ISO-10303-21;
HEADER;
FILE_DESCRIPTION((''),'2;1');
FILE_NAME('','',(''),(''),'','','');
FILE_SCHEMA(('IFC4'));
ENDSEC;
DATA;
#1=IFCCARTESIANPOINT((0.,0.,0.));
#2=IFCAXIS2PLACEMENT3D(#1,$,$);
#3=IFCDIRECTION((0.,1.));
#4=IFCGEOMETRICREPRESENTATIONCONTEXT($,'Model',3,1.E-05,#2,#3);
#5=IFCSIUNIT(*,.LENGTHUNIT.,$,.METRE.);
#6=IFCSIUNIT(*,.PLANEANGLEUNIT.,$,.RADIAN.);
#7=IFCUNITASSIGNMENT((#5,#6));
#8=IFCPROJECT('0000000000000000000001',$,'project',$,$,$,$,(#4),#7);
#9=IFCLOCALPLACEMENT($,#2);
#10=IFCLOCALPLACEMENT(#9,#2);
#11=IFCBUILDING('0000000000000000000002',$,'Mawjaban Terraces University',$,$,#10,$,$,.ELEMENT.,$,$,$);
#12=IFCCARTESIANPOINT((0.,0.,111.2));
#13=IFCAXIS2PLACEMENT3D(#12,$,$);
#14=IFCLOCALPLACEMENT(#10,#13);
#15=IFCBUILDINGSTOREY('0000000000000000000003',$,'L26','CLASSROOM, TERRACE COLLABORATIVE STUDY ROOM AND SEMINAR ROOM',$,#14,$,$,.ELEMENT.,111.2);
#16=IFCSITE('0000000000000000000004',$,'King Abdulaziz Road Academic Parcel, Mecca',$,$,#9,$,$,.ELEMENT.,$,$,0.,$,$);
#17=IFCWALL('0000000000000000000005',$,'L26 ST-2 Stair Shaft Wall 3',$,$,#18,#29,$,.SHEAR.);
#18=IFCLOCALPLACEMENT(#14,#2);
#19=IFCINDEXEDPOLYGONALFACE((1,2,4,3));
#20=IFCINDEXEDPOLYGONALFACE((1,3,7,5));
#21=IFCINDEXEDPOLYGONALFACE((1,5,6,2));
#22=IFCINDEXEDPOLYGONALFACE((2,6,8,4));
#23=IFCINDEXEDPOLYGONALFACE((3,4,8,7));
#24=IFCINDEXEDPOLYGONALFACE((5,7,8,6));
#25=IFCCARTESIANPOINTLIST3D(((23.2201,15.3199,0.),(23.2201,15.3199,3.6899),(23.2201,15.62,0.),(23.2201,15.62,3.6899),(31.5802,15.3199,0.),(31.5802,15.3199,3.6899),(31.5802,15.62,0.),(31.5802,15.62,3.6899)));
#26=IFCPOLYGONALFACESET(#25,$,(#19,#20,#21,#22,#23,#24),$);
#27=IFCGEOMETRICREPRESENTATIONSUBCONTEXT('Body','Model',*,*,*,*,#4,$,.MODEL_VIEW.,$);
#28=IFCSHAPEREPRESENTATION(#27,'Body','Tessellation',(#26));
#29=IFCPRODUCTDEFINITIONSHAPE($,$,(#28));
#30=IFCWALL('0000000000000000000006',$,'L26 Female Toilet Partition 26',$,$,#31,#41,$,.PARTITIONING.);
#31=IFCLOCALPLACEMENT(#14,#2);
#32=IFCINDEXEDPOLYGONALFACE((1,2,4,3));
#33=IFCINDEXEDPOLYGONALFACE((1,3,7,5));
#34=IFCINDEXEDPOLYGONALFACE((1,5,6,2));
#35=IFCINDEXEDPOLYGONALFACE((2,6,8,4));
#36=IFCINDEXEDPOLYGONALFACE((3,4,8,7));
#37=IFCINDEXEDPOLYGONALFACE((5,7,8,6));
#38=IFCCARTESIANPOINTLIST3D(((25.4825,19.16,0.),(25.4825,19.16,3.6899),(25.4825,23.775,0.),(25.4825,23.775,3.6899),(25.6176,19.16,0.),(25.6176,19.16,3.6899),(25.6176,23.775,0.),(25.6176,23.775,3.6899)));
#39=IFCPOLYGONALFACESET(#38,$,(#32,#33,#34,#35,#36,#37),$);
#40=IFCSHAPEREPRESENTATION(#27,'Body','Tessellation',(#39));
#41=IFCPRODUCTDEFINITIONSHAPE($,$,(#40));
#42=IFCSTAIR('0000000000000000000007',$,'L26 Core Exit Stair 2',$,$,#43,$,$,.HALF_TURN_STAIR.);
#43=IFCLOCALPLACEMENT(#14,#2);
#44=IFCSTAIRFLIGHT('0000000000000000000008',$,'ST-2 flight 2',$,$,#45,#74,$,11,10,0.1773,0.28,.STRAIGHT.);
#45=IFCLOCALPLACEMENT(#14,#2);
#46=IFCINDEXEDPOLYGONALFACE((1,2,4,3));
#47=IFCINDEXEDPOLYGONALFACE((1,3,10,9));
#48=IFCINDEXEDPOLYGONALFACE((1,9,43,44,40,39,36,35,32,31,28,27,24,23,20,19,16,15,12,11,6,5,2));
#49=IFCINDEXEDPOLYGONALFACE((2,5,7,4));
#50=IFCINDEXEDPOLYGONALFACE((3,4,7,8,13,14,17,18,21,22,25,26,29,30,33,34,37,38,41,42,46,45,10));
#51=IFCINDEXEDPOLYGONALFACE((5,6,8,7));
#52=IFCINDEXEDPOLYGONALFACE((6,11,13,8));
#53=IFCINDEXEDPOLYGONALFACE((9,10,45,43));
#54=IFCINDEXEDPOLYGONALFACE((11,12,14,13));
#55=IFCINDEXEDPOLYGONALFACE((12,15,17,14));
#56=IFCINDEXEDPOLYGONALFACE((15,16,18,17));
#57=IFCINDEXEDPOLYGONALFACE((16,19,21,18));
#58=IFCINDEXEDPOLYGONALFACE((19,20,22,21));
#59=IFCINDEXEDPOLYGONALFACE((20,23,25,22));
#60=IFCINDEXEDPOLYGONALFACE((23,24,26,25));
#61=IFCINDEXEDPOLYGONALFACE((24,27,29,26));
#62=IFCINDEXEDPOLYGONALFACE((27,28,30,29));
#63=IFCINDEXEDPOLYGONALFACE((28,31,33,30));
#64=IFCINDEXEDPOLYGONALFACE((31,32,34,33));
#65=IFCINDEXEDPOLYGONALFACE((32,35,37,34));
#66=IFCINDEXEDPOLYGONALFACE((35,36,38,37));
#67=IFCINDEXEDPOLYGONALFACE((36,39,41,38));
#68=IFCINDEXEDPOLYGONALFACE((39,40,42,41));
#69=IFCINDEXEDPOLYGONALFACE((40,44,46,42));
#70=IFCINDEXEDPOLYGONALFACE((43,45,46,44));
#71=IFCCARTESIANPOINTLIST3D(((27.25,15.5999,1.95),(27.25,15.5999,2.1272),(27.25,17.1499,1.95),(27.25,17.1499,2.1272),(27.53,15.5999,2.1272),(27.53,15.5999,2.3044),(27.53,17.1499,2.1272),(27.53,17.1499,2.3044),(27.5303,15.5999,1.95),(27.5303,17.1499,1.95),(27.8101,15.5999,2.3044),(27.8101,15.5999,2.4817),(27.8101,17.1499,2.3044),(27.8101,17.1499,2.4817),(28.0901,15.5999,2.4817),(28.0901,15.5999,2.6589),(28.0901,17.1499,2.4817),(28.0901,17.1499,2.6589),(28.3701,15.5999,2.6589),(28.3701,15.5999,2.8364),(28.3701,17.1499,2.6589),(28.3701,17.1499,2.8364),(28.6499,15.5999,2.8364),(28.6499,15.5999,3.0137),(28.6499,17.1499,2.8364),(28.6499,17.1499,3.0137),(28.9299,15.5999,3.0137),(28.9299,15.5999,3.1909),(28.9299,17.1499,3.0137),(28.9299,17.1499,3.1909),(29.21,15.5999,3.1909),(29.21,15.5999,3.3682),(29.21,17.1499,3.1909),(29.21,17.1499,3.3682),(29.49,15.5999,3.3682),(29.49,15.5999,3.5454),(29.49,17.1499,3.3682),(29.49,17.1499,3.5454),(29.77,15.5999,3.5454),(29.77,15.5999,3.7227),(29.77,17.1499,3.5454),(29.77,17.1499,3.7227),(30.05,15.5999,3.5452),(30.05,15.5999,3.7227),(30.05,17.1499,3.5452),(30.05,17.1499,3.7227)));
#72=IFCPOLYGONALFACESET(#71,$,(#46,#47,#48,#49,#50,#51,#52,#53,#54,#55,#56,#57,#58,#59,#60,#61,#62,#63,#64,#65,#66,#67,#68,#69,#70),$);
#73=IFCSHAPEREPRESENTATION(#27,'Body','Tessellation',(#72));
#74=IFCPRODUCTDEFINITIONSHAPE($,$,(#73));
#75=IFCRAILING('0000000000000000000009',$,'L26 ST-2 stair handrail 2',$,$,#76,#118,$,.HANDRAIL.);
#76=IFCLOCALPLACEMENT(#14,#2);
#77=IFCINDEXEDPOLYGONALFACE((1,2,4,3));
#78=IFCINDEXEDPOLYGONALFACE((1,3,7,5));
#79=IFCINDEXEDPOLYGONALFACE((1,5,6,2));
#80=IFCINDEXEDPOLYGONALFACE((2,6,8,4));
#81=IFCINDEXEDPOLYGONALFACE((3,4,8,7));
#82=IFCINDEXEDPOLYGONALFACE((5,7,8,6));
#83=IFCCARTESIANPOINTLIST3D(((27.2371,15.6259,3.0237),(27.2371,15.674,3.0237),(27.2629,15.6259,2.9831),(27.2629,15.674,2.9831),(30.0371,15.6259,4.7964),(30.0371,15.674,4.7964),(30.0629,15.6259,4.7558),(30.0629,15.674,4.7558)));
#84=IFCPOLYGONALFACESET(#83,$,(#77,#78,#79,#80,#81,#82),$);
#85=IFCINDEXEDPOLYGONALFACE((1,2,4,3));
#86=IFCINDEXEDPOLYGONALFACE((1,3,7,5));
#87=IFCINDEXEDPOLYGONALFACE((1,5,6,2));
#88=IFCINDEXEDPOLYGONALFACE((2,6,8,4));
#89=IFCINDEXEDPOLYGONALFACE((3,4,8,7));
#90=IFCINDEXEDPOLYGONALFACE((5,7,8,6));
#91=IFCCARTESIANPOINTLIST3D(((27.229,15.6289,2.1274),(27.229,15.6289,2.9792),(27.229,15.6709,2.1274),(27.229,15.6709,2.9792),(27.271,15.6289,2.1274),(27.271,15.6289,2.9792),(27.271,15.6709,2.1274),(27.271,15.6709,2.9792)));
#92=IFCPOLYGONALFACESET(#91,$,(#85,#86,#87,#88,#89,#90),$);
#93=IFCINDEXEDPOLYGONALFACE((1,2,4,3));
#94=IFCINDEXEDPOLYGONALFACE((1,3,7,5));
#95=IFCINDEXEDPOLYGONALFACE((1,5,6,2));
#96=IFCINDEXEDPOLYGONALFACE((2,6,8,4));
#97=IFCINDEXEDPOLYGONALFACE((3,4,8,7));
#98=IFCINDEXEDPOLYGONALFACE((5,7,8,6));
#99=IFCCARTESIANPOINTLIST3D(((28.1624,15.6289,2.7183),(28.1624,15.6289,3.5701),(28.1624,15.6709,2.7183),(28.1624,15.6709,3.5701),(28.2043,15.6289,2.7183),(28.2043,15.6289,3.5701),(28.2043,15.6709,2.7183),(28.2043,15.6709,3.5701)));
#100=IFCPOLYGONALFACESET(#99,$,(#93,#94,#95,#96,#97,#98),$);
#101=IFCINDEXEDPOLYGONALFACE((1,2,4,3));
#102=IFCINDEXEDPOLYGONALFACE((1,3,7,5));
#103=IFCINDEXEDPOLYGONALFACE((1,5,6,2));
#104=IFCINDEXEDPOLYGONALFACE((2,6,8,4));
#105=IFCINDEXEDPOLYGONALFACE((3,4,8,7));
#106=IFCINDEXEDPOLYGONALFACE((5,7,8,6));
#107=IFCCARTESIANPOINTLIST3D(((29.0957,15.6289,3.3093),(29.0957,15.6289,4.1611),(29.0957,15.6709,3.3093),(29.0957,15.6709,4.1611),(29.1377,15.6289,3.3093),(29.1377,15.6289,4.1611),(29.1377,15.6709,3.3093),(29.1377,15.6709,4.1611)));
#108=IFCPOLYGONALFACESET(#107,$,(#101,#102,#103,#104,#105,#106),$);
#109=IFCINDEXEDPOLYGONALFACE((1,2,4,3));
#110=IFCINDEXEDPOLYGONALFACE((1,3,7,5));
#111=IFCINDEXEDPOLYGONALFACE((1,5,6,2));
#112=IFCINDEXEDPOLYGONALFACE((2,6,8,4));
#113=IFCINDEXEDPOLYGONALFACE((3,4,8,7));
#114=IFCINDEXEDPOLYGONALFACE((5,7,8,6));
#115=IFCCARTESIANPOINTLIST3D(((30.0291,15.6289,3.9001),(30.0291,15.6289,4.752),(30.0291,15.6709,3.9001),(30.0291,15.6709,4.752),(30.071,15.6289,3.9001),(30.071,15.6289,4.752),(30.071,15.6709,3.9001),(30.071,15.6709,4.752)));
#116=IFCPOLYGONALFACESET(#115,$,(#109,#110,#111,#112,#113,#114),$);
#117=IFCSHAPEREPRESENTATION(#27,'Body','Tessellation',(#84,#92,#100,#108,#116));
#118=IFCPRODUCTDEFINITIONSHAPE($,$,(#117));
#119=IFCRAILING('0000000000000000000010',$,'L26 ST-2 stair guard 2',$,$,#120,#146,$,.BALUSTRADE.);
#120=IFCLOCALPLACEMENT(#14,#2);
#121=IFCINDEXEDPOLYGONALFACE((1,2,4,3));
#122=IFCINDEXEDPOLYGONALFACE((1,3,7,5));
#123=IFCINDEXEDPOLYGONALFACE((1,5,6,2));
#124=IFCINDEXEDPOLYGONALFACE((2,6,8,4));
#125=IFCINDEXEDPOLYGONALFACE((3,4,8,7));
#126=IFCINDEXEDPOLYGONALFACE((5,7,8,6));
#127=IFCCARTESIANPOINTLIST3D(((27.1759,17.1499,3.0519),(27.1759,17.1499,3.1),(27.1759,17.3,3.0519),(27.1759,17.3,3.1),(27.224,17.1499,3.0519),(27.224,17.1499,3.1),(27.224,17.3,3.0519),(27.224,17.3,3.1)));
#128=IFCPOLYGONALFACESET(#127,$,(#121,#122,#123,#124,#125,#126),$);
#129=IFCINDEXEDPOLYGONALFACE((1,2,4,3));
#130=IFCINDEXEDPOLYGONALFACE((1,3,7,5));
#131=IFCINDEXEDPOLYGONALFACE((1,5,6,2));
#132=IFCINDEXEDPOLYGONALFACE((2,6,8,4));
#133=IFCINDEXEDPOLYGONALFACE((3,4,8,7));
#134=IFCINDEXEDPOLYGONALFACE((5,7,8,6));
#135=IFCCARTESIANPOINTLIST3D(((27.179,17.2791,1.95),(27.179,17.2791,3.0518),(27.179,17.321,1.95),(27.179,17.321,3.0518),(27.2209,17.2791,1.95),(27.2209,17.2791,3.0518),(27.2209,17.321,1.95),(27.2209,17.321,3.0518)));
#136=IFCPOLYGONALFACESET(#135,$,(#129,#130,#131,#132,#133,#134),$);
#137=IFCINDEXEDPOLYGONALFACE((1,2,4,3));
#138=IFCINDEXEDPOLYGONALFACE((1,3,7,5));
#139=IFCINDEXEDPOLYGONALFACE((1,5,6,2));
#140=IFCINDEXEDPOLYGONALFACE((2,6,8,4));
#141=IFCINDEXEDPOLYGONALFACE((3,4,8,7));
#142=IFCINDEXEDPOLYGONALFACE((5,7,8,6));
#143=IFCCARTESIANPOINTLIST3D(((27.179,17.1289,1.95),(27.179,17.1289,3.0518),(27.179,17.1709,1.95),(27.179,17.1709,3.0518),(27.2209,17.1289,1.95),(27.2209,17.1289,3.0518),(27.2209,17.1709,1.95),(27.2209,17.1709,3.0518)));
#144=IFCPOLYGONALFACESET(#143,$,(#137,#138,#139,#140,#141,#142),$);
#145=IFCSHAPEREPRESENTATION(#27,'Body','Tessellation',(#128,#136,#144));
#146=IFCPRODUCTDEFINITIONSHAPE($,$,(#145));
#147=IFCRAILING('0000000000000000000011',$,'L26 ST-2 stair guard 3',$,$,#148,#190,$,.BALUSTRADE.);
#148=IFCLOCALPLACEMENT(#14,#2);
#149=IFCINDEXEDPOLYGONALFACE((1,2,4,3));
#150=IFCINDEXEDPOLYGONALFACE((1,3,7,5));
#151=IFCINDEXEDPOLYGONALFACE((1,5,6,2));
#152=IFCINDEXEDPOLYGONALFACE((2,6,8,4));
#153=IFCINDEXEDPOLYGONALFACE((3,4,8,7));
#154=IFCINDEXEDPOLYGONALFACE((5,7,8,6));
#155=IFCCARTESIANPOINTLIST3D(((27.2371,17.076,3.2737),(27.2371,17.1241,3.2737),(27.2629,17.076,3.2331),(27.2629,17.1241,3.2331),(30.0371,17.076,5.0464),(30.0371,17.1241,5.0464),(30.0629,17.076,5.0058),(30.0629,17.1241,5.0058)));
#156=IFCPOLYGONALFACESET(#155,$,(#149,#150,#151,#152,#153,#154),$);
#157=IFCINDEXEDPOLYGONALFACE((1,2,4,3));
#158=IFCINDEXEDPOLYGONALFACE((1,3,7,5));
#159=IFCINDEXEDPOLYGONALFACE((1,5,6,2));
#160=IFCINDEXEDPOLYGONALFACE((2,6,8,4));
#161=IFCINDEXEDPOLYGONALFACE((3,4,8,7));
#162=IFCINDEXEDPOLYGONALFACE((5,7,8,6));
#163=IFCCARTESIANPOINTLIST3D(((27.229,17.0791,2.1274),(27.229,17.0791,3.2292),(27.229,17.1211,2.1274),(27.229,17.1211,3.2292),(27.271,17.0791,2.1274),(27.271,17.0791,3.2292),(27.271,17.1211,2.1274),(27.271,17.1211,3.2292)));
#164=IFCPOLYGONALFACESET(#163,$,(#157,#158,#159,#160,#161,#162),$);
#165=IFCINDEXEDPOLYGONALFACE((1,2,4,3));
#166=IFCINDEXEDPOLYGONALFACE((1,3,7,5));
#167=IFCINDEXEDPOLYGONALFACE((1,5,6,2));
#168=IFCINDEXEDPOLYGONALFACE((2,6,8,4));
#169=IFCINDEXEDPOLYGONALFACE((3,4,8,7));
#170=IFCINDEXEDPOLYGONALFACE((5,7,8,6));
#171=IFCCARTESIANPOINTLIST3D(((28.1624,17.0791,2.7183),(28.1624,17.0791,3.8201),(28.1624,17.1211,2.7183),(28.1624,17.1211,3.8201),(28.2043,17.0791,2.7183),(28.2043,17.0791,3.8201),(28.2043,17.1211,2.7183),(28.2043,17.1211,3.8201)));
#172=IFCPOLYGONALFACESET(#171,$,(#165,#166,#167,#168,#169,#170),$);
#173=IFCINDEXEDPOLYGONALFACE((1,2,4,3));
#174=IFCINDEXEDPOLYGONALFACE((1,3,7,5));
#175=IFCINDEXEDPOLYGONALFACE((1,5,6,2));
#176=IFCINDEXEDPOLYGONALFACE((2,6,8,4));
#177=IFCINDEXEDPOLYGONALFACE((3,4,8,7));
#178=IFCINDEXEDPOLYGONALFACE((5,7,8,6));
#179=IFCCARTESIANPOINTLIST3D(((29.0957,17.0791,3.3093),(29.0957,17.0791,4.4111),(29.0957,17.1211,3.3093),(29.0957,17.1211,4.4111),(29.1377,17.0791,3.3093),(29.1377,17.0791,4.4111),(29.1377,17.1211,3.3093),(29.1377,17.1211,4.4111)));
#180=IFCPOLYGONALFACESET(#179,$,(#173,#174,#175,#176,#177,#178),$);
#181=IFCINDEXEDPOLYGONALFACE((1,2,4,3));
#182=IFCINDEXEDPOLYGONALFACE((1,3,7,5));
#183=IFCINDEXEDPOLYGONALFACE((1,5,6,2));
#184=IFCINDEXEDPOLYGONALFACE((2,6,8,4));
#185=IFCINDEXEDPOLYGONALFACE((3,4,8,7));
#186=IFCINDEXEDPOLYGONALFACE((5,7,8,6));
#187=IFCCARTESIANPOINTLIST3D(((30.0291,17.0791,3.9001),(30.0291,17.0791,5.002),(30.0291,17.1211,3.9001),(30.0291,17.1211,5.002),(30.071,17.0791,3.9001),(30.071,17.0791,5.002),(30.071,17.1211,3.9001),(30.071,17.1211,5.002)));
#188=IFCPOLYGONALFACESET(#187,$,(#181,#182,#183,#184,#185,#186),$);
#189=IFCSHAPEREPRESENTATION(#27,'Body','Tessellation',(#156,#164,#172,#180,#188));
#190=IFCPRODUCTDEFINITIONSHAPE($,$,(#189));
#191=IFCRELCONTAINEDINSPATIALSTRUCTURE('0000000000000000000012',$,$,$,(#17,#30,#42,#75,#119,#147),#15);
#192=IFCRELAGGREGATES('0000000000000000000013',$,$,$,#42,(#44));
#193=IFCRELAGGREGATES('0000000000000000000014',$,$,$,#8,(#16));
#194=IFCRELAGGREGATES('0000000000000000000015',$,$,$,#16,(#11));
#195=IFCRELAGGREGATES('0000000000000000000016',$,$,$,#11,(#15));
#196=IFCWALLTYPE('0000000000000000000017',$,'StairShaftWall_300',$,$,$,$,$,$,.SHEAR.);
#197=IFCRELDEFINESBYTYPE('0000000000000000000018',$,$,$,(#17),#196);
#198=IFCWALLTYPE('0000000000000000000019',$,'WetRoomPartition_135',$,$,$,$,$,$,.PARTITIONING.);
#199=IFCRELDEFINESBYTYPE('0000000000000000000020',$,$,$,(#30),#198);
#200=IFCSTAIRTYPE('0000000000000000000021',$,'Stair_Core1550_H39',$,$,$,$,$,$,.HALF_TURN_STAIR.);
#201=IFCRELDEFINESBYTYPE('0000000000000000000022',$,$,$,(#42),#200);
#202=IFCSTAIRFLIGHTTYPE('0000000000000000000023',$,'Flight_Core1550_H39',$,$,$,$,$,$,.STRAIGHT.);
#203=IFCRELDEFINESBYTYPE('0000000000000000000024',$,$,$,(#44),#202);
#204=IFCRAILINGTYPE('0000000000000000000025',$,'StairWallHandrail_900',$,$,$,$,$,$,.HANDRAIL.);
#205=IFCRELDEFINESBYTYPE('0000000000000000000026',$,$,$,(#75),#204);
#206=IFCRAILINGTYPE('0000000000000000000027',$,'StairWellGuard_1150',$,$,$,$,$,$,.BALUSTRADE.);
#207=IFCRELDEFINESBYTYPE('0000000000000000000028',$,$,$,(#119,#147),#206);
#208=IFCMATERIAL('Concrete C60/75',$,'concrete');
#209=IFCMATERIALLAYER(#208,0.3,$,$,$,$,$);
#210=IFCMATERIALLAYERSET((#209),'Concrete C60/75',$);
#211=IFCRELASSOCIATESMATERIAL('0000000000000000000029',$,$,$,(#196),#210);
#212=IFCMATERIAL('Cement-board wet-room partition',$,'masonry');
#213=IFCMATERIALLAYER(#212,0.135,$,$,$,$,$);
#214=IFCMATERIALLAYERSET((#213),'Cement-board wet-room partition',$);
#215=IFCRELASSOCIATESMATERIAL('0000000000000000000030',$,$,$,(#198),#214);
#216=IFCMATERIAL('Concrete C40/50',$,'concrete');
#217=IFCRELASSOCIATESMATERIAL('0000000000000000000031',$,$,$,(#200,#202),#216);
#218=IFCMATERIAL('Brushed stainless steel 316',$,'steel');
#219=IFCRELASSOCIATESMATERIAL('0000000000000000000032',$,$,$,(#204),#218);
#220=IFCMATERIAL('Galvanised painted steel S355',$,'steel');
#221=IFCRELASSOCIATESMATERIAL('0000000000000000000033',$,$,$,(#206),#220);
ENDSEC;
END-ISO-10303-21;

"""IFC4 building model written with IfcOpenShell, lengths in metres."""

from ifc_helpers import new_model, si_unit, direction, frame, frame_2d, origin, origin_2d, place, context, subcontext, project, spatial, polyline, rectangle, outline, extrude, material, layer, layer_set, type_object, element, aggregate, save


model = new_model("IFC4")

# Units and contexts
model_context = context("Model", 3, precision=1e-05, world=origin(), true_north=direction((0.0, 1.0)))
body_context = subcontext(model_context, "Body", "Model", "MODEL_VIEW")
ifc_project = project(units=[si_unit("LENGTHUNIT", "METRE"), si_unit("PLANEANGLEUNIT", "RADIAN")], contexts=[model_context])

# Site, building, storey
site_placement = place(None, origin())
site = spatial("IfcSite", under=ifc_project, at=site_placement, Name="King Abdulaziz Road Academic Parcel, Mecca", CompositionType="ELEMENT", RefElevation=0.0)
building_placement = place(site_placement, origin())
building = spatial("IfcBuilding", under=site, at=building_placement, Name="Mawjaban Terraces University", CompositionType="ELEMENT")
storey_placement = place(building_placement, frame((0.0, 0.0, 111.2)))
storey = spatial("IfcBuildingStorey", under=building, at=storey_placement, Name="L26", Description="CLASSROOM, TERRACE COLLABORATIVE STUDY ROOM AND SEMINAR ROOM", CompositionType="ELEMENT", Elevation=111.2)

# Shared definitions
ifc_material_1 = material(Name="Concrete C60/75", Category="concrete")

# Walls
ifc_material_2 = material(Name="Concrete C40/50", Category="concrete")
ifc_layer_1 = layer(ifc_material_1, 0.3)
ifc_layer_set_1 = layer_set([ifc_layer_1], Name="Concrete C60/75")
wall_type_1 = type_object("IfcWallType", Name="StairShaftWall_300", PredefinedType="SHEAR", material=ifc_layer_set_1)
wall_1_placement = place(storey_placement, frame((23.22, 15.47, 0.0), z_axis=(0.0, 0.0, 1.0), x_axis=(1.0, 0.0, 0.0)))
element("IfcWall", 1, at=wall_1_placement, inside=storey, type_object=wall_type_1, Name="L26 ST-2 Stair Shaft Wall 3", PredefinedType="SHEAR", context=body_context, shape_type="SweptSolid", body=[
    extrude(rectangle(XDim=8.3601, YDim=0.3, at=frame_2d((4.1802, 0.0))), origin(), (0.0, 0.0, 1.0), 3.6899),
])
ifc_material_3 = material(Name="Cement-board wet-room partition", Category="masonry")
ifc_layer_2 = layer(ifc_material_3, 0.135)
ifc_layer_set_2 = layer_set([ifc_layer_2], Name="Cement-board wet-room partition")
wall_type_2 = type_object("IfcWallType", Name="WetRoomPartition_135", PredefinedType="PARTITIONING", material=ifc_layer_set_2)
wall_2_placement = place(storey_placement, frame((25.55, 19.1599, 0.0), z_axis=(0.0, 0.0, 1.0), x_axis=(0.0, 1.0, 0.0)))
element("IfcWall", 2, at=wall_2_placement, inside=storey, type_object=wall_type_2, Name="L26 Female Toilet Partition 26", PredefinedType="PARTITIONING", context=body_context, shape_type="SweptSolid", body=[
    extrude(rectangle(XDim=4.615, YDim=0.135, at=frame_2d((2.3076, 0.0))), origin(), (0.0, 0.0, 1.0), 3.6899),
])

# Stair, stair flight
stair_type = type_object("IfcStairType", Name="Stair_Core1550_H39", PredefinedType="HALF_TURN_STAIR", material=ifc_material_2)
stair_placement = place(storey_placement, origin())
stair = element("IfcStair", 3, at=stair_placement, inside=storey, type_object=stair_type, Name="L26 Core Exit Stair 2", PredefinedType="HALF_TURN_STAIR")
stair_flight_type = type_object("IfcStairFlightType", Name="Flight_Core1550_H39", PredefinedType="STRAIGHT", material=ifc_material_2)
stair_flight_placement = place(storey_placement, frame((27.25, 16.375, 1.95), z_axis=(0.0, 0.0, 1.0), x_axis=(1.0, 0.0, 0.0)))
stair_flight = element("IfcStairFlight", 4, at=stair_flight_placement, type_object=stair_flight_type, Name="ST-2 flight 2", NumberOfRisers=11, NumberOfTreads=10, PredefinedType="STRAIGHT", RiserHeight=0.1773, TreadLength=0.28, context=body_context, shape_type="SweptSolid", body=[
    extrude(outline(polyline([(0.0, 0.0), (0.0, 0.1772), (0.28, 0.1772), (0.28, 0.3545), (0.5601, 0.3545), (0.5601, 0.5317), (0.8401, 0.5317), (0.8401, 0.709), (1.1201, 0.709), (1.1201, 0.8865), (1.3999, 0.8865), (1.3999, 1.0637), (1.6799, 1.0637), (1.6799, 1.241), (1.96, 1.241), (1.96, 1.4182), (2.24, 1.4182), (2.24, 1.5955), (2.52, 1.5955), (2.52, 1.7727), (2.8, 1.7727), (2.8, 1.95), (2.8, 1.5952), (0.2803, 0.0), (0.0, 0.0)])), frame((0.0, 0.7749, 0.0), z_axis=(0.0, -1.0, 0.0), x_axis=(1.0, 0.0, 0.0)), (0.0, 0.0, 1.0), 1.55),
])
aggregate(stair, [stair_flight])

# Railings
ifc_material_4 = material(Name="Brushed stainless steel 316", Category="steel")
railing_type_1 = type_object("IfcRailingType", Name="StairWallHandrail_900", PredefinedType="HANDRAIL", material=ifc_material_4)
railing_1_placement = place(storey_placement, frame((27.25, 15.6499, 2.1274)))
element("IfcRailing", 5, at=railing_1_placement, inside=storey, type_object=railing_type_1, Name="L26 ST-2 stair handrail 2", PredefinedType="HANDRAIL", context=body_context, shape_type="SweptSolid", body=[
    extrude(rectangle(XDim=0.0481, YDim=0.0481, at=origin_2d()), frame((0.0, 0.0, 0.876), z_axis=(0.844909, 0.0, 0.53491), x_axis=(0.0, 1.0, 0.0)), (0.0, 0.0, 1.0), 3.314),
    extrude(rectangle(XDim=0.042, YDim=0.042, at=origin_2d()), origin(), (0.0, 0.0, 1.0), 0.8518),
    extrude(rectangle(XDim=0.042, YDim=0.042, at=origin_2d()), frame((0.9333, 0.0, 0.5908)), (0.0, 0.0, 1.0), 0.8518),
    extrude(rectangle(XDim=0.042, YDim=0.042, at=origin_2d()), frame((1.8667, 0.0, 1.1819)), (0.0, 0.0, 1.0), 0.8518),
    extrude(rectangle(XDim=0.042, YDim=0.042, at=origin_2d()), frame((2.8, 0.0, 1.7727)), (0.0, 0.0, 1.0), 0.8518),
])
ifc_material_5 = material(Name="Galvanised painted steel S355", Category="steel")
railing_type_2 = type_object("IfcRailingType", Name="StairWellGuard_1150", PredefinedType="BALUSTRADE", material=ifc_material_5)
railing_2_placement = place(storey_placement, frame((27.2, 17.3, 1.95)))
element("IfcRailing", 6, at=railing_2_placement, inside=storey, type_object=railing_type_2, Name="L26 ST-2 stair guard 2", PredefinedType="BALUSTRADE", context=body_context, shape_type="SweptSolid", body=[
    extrude(rectangle(XDim=0.0481, YDim=0.0481, at=origin_2d()), frame((0.0, 0.0, 1.126), z_axis=(0.0, -1.0, 0.0), x_axis=(1.0, 0.0, 0.0)), (0.0, 0.0, 1.0), 0.1501),
    extrude(rectangle(XDim=0.042, YDim=0.042, at=origin_2d()), origin(), (0.0, 0.0, 1.0), 1.1018),
    extrude(rectangle(XDim=0.042, YDim=0.042, at=origin_2d()), frame((0.0, -0.1501, 0.0)), (0.0, 0.0, 1.0), 1.1018),
])
railing_3_placement = place(storey_placement, frame((27.25, 17.1001, 2.1274)))
element("IfcRailing", 7, at=railing_3_placement, inside=storey, type_object=railing_type_2, Name="L26 ST-2 stair guard 3", PredefinedType="BALUSTRADE", context=body_context, shape_type="SweptSolid", body=[
    extrude(rectangle(XDim=0.0481, YDim=0.0481, at=origin_2d()), frame((0.0, 0.0, 1.126), z_axis=(0.844909, 0.0, 0.53491), x_axis=(0.0, 1.0, 0.0)), (0.0, 0.0, 1.0), 3.314),
    extrude(rectangle(XDim=0.042, YDim=0.042, at=origin_2d()), origin(), (0.0, 0.0, 1.0), 1.1018),
    extrude(rectangle(XDim=0.042, YDim=0.042, at=origin_2d()), frame((0.9333, 0.0, 0.5908)), (0.0, 0.0, 1.0), 1.1018),
    extrude(rectangle(XDim=0.042, YDim=0.042, at=origin_2d()), frame((1.8667, 0.0, 1.1819)), (0.0, 0.0, 1.0), 1.1018),
    extrude(rectangle(XDim=0.042, YDim=0.042, at=origin_2d()), frame((2.8, 0.0, 1.7727)), (0.0, 0.0, 1.0), 1.1018),
])

save(model, "model.ifc")
